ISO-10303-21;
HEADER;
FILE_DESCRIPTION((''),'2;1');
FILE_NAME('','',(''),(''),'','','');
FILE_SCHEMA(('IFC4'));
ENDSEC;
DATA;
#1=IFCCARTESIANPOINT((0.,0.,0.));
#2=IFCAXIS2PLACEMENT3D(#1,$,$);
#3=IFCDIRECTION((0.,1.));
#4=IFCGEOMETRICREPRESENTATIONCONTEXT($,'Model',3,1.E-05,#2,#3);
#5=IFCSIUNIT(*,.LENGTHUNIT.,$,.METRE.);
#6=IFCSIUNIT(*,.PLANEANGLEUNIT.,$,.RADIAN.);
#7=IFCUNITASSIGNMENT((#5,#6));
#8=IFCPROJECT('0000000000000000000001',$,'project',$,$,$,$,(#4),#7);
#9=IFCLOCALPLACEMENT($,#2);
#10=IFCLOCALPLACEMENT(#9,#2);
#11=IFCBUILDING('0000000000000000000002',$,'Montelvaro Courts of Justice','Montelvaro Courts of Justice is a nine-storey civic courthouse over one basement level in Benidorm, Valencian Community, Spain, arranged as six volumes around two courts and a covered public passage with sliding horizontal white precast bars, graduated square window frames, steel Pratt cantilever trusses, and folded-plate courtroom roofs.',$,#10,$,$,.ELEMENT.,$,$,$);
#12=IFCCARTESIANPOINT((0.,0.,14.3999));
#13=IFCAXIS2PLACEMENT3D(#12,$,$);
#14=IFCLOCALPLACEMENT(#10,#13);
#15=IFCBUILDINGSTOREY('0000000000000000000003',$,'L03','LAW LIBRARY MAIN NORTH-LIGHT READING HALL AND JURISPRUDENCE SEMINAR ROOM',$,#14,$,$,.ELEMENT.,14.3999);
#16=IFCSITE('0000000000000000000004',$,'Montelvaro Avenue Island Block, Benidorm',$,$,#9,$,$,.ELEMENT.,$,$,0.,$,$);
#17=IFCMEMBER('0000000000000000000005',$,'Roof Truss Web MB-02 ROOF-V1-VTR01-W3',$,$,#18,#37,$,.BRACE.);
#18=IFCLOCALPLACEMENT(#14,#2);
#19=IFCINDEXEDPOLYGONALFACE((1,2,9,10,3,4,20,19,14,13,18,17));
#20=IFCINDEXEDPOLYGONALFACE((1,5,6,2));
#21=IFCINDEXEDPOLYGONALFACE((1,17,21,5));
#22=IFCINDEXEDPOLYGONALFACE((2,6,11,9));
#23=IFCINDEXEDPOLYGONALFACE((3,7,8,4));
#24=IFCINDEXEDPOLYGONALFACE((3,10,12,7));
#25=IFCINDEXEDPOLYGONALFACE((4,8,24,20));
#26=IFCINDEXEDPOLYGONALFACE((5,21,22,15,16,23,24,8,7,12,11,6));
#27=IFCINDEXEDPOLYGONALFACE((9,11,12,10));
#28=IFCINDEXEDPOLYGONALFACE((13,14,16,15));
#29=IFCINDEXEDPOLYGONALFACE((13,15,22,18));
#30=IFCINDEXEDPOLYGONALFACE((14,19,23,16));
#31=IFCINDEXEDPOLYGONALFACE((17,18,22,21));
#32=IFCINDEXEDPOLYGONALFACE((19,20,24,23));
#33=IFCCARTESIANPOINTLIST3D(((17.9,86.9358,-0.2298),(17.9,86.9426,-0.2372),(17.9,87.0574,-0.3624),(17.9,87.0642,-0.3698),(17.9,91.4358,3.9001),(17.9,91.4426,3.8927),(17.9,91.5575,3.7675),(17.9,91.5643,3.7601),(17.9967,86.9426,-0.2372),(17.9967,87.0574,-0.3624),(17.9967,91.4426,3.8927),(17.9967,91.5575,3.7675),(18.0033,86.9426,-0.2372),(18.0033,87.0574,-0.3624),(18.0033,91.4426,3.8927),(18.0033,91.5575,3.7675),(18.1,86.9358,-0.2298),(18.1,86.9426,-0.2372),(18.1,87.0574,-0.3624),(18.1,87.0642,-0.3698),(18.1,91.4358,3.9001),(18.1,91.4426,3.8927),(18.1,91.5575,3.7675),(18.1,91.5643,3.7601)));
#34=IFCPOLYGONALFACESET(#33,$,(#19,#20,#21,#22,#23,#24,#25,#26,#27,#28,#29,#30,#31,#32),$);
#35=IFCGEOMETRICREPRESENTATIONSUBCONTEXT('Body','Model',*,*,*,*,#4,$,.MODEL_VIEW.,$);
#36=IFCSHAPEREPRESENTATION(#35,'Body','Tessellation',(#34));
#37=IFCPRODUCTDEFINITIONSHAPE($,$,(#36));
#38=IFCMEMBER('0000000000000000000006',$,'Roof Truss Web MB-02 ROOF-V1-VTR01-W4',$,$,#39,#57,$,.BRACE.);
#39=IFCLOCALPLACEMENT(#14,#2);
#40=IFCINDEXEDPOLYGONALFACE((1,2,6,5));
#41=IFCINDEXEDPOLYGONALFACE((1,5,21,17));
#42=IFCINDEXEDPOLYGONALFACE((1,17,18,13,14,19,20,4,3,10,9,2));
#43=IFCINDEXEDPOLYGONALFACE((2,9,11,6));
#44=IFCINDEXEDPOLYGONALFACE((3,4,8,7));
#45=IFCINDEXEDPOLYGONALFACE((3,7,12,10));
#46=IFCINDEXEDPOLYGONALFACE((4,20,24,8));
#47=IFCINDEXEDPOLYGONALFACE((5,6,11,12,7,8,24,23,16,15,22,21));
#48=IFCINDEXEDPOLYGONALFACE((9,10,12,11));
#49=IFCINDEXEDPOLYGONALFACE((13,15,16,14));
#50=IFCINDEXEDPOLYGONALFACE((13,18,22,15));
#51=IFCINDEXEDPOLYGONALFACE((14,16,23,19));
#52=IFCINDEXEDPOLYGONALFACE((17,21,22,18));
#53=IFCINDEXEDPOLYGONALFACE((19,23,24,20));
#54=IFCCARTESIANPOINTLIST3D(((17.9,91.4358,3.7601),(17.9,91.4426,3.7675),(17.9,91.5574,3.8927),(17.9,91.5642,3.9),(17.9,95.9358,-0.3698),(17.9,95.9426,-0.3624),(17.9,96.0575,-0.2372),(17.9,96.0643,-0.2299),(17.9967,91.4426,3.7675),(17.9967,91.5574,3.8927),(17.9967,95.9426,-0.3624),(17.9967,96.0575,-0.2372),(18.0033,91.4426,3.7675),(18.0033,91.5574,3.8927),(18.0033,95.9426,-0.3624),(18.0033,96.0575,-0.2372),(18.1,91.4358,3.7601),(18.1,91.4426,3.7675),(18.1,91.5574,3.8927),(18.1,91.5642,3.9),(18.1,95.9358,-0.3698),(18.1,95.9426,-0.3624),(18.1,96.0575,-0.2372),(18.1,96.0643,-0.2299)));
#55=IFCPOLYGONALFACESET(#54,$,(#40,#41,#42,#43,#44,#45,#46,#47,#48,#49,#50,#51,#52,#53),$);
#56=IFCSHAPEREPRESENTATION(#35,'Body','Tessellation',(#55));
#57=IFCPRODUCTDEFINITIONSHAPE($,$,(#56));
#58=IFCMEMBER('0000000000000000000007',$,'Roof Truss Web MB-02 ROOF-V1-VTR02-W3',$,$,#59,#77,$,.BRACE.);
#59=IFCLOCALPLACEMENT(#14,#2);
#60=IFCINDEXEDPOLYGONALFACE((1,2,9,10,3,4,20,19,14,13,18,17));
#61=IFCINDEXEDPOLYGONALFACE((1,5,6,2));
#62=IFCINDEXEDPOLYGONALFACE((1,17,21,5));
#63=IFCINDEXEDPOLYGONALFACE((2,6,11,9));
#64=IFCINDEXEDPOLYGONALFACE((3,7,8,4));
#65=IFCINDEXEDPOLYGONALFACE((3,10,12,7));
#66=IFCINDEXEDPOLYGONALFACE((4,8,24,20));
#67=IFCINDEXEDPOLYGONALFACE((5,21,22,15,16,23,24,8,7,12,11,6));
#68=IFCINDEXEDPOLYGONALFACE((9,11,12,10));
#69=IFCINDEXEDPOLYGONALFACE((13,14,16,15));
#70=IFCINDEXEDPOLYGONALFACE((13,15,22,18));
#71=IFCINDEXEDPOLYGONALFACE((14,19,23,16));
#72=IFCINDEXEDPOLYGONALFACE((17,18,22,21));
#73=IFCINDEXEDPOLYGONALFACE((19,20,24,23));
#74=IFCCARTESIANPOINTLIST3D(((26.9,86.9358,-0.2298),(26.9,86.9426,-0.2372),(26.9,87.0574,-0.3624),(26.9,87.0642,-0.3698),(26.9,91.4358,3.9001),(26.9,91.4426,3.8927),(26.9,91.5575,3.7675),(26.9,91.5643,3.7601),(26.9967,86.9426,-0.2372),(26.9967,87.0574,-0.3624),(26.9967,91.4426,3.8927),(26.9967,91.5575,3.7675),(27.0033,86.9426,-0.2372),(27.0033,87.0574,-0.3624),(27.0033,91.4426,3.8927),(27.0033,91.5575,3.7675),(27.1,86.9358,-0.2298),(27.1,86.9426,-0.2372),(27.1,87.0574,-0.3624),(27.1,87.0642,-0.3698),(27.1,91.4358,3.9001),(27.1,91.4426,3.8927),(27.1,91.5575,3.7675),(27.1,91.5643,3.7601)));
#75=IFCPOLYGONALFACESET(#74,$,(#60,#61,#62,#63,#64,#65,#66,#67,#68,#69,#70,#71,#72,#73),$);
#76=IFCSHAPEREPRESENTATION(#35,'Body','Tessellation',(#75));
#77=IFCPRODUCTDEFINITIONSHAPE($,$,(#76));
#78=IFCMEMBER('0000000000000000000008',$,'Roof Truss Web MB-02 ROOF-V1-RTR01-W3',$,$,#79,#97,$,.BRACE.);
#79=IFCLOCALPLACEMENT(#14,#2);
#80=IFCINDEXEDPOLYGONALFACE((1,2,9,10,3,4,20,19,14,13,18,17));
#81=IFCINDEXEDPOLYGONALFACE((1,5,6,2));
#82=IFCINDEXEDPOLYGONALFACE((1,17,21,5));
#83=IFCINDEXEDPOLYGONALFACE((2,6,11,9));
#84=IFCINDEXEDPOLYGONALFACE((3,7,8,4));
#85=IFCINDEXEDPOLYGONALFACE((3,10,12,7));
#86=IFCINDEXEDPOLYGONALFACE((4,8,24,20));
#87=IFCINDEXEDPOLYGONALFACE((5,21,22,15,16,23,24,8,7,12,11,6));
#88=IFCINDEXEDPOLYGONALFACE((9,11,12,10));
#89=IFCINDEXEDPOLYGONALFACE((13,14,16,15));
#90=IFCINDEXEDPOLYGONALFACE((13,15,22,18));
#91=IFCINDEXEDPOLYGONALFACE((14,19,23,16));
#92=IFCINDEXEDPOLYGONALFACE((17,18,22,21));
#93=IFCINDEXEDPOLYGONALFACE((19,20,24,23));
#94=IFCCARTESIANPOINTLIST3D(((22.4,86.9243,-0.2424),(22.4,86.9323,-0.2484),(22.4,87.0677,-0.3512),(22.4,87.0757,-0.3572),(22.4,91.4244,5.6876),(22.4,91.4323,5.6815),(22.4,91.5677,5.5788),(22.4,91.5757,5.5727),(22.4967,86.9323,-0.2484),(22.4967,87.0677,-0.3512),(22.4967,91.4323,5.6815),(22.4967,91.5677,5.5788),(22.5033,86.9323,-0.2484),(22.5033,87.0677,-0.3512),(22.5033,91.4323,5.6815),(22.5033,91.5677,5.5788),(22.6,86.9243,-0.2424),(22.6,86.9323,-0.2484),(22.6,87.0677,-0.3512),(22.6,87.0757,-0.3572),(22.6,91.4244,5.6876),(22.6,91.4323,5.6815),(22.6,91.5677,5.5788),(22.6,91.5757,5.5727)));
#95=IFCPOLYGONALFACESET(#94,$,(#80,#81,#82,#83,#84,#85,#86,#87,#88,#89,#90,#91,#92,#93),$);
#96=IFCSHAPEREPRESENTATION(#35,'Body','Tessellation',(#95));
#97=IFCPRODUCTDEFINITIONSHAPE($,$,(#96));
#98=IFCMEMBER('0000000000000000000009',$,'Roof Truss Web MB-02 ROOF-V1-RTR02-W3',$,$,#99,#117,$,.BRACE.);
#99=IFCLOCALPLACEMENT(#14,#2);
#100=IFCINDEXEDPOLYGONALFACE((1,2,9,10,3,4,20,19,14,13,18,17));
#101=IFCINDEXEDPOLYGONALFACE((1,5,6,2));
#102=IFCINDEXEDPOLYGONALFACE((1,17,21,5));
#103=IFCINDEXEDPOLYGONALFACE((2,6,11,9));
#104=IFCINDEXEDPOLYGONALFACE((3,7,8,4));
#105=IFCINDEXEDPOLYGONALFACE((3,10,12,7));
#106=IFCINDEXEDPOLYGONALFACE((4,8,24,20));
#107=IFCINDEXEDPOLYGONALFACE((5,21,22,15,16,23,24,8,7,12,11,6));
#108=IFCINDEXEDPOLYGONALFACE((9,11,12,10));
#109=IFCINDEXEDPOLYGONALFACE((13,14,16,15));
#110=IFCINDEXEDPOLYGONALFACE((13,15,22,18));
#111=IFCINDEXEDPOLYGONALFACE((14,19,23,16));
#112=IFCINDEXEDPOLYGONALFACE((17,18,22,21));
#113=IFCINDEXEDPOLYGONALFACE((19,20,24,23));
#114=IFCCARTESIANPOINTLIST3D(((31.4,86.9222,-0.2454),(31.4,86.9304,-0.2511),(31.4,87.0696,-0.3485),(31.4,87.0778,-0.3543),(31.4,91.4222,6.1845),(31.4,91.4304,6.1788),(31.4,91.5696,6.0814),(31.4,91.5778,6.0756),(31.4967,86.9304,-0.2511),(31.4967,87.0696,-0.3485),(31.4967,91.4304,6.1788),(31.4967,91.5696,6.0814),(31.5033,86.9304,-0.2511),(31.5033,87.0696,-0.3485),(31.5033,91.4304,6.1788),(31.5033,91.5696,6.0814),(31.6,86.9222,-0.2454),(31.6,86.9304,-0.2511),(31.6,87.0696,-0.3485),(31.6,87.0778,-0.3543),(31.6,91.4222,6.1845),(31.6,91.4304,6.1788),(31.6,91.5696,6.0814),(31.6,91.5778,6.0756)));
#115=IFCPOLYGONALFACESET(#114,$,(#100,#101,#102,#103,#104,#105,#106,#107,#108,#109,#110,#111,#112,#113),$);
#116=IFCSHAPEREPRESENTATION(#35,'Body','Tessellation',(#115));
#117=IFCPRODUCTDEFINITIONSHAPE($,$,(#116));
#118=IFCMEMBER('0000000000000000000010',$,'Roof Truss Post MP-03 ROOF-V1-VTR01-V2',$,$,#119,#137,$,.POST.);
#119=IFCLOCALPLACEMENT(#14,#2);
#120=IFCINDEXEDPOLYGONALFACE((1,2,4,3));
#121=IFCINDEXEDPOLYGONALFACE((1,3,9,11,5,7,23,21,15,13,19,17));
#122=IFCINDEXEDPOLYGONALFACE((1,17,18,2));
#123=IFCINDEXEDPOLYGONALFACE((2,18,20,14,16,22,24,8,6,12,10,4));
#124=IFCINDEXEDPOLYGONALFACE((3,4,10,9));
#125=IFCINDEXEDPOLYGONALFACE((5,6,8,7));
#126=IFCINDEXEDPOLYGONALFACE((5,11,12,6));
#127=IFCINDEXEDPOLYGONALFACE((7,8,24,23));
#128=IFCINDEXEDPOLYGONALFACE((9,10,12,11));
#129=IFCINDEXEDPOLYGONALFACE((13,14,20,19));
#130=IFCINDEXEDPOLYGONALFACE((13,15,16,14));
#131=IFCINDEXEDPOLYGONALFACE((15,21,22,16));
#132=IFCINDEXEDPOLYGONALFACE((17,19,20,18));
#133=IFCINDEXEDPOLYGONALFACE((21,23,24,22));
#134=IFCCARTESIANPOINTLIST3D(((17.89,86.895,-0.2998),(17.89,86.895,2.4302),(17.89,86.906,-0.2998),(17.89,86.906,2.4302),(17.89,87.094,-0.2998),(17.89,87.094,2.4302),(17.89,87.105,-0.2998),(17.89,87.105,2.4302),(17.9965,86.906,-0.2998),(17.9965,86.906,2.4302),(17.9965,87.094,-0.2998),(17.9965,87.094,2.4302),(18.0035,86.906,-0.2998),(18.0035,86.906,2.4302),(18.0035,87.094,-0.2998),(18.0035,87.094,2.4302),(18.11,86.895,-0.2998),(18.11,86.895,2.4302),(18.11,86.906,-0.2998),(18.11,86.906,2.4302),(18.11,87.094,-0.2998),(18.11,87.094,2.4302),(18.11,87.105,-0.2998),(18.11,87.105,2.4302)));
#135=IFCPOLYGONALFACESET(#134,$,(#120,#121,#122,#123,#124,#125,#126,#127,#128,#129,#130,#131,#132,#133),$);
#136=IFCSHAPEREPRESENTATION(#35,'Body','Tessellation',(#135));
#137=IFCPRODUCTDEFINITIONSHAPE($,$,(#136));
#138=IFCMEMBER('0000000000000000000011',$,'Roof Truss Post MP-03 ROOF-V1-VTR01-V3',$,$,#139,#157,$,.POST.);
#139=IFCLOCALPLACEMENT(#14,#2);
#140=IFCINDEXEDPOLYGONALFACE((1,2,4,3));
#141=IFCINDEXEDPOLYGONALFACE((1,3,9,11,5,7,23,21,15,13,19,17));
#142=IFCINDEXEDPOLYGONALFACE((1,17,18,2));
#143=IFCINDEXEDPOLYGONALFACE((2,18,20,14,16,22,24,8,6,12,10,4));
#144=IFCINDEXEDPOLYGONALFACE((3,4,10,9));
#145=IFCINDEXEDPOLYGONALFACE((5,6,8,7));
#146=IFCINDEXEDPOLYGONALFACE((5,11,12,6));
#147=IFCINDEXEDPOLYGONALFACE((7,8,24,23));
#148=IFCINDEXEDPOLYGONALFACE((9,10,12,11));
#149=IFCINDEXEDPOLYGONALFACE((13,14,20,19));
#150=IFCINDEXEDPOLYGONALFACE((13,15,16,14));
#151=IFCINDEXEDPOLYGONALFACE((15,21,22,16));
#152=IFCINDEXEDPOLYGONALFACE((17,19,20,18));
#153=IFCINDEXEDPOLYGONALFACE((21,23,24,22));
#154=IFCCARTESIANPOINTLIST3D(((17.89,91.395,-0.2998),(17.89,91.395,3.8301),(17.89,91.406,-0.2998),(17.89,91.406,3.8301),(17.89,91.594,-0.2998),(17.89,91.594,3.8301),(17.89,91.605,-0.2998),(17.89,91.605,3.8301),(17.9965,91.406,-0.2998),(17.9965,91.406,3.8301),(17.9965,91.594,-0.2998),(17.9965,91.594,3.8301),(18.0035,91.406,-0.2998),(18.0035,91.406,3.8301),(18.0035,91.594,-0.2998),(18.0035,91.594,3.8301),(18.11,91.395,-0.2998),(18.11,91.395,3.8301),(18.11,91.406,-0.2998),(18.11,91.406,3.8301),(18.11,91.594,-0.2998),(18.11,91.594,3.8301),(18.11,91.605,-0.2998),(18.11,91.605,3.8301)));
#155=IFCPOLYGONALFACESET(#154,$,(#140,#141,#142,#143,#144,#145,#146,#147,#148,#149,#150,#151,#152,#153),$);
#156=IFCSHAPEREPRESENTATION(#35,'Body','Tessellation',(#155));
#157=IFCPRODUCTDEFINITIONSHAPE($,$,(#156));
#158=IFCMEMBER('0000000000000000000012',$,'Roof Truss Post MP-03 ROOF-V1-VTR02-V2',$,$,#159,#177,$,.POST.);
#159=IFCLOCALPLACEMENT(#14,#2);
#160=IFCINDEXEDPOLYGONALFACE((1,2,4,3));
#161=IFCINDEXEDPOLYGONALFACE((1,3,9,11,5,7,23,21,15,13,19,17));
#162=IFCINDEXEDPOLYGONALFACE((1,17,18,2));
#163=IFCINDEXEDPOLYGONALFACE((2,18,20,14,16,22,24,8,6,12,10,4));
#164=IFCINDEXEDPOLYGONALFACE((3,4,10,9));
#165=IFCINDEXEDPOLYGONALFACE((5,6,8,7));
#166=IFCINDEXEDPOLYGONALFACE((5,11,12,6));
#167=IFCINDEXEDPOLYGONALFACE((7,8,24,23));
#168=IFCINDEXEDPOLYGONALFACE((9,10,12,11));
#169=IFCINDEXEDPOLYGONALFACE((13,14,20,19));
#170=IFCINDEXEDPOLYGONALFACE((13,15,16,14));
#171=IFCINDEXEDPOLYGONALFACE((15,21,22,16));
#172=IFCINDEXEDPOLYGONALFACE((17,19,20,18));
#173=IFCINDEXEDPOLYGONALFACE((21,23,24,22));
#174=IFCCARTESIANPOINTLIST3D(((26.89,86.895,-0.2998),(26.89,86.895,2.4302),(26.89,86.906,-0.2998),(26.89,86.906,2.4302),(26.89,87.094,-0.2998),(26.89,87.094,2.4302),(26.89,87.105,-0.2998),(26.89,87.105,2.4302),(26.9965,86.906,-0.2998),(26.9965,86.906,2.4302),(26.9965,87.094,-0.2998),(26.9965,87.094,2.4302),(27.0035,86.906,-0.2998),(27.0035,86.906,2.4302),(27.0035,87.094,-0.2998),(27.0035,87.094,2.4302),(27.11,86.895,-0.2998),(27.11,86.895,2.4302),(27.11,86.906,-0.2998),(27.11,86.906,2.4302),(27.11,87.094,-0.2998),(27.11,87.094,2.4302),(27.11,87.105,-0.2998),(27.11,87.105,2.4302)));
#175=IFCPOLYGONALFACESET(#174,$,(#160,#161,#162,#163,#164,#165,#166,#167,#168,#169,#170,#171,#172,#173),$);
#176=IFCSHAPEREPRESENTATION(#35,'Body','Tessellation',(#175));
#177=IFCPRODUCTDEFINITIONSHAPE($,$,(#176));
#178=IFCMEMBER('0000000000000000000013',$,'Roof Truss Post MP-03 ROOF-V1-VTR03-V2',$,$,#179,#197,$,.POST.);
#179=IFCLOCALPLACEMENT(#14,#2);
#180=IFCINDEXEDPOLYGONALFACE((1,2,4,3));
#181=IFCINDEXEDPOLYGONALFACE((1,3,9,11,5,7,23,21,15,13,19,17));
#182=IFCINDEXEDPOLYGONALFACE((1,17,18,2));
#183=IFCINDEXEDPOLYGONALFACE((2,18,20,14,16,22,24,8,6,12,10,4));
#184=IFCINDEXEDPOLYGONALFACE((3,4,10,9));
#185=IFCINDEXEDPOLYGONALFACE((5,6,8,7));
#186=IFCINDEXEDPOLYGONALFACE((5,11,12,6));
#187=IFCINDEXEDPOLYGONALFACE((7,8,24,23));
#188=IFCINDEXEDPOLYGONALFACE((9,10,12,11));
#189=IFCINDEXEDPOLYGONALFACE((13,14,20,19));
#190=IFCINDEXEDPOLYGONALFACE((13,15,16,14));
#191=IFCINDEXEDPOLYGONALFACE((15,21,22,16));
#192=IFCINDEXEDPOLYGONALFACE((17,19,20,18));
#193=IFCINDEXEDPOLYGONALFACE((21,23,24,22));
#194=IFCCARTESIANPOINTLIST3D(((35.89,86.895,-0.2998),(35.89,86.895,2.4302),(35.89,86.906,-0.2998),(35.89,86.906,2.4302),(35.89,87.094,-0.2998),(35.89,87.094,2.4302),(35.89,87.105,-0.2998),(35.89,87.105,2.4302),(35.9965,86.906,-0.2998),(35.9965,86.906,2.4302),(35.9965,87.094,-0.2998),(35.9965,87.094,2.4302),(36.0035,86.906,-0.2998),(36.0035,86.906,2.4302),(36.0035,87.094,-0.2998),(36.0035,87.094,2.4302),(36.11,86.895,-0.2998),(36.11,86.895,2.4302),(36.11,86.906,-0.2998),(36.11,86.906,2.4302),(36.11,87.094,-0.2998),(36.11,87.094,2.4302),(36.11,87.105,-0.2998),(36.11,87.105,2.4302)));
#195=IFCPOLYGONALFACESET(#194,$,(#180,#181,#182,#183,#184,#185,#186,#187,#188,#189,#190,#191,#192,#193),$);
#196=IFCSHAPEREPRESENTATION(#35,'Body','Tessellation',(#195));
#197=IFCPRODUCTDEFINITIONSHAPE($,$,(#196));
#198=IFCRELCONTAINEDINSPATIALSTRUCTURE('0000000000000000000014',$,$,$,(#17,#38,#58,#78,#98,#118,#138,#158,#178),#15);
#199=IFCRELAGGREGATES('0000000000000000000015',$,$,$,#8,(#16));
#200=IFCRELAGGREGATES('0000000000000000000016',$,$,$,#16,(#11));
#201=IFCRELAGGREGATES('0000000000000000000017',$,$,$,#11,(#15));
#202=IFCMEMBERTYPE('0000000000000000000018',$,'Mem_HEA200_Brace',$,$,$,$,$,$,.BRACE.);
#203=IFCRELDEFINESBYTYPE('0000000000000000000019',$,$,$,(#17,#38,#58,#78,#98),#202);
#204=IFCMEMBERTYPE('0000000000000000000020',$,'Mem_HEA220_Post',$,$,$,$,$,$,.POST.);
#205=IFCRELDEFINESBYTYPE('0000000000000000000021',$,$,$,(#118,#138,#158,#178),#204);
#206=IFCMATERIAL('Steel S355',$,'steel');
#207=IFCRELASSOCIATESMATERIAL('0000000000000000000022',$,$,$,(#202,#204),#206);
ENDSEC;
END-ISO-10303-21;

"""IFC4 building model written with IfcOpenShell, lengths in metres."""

from ifc_helpers import new_model, si_unit, direction, frame, origin, origin_2d, place, context, subcontext, project, spatial, i_section, extrude, material, material_profile, profile_set, type_object, element, save


model = new_model("IFC4")

# Units and contexts
model_context = context("Model", 3, precision=1e-05, world=origin(), true_north=direction((0.0, 1.0)))
body_context = subcontext(model_context, "Body", "Model", "MODEL_VIEW")
ifc_project = project(units=[si_unit("LENGTHUNIT", "METRE"), si_unit("PLANEANGLEUNIT", "RADIAN")], contexts=[model_context])

# Site, building, storey
site_placement = place(None, origin())
site = spatial("IfcSite", under=ifc_project, at=site_placement, Name="Montelvaro Avenue Island Block, Benidorm", CompositionType="ELEMENT", RefElevation=0.0)
building_placement = place(site_placement, origin())
building = spatial("IfcBuilding", under=site, at=building_placement, Name="Montelvaro Courts of Justice", Description="Montelvaro Courts of Justice is a nine-storey civic courthouse over one basement level in Benidorm, Valencian Community, Spain, arranged as six volumes around two courts and a covered public passage with sliding horizontal white precast bars, graduated square window frames, steel Pratt cantilever trusses, and folded-plate courtroom roofs.", CompositionType="ELEMENT")
storey_placement = place(building_placement, frame((0.0, 0.0, 14.3999)))
storey = spatial("IfcBuildingStorey", under=building, at=storey_placement, Name="L03", Description="LAW LIBRARY MAIN NORTH-LIGHT READING HALL AND JURISPRUDENCE SEMINAR ROOM", CompositionType="ELEMENT", Elevation=14.3999)

# Members
ifc_material = material(Name="Steel S355", Category="steel")
ifc_material_profile_1 = material_profile(ifc_material, i_section(OverallWidth=0.2, OverallDepth=0.1899, WebThickness=0.0066, FlangeThickness=0.01, at=origin_2d()), Name="HEA 200")
ifc_profile_set_1 = profile_set([ifc_material_profile_1], Name="Steel S355")
member_type_1 = type_object("IfcMemberType", Name="Mem_HEA200_Brace", PredefinedType="BRACE", material=ifc_profile_set_1)
for number, where, z_axis, x_axis, name in (
    (1, (18.0, 87.0, -0.2998), (0.0, 0.736756, 0.676159), (-1.0, 0.0, 0.0), "Roof Truss Web MB-02 ROOF-V1-VTR01-W3"),
    (2, (18.0, 91.5, 3.8301), (0.0, 0.736756, -0.676159), (-1.0, 0.0, 0.0), "Roof Truss Web MB-02 ROOF-V1-VTR01-W4"),
    (3, (27.0, 87.0, -0.2998), (0.0, 0.736756, 0.676159), (-1.0, 0.0, 0.0), "Roof Truss Web MB-02 ROOF-V1-VTR02-W3"),
):
    element("IfcMember", number, at=place(storey_placement, frame(where, z_axis=z_axis, x_axis=x_axis)), inside=storey, type_object=member_type_1, Name=name, PredefinedType="BRACE", context=body_context, shape_type="SweptSolid", body=[
        extrude(i_section(OverallWidth=0.2, OverallDepth=0.1899, WebThickness=0.0066, FlangeThickness=0.01, at=origin_2d()), origin(), (0.0, 0.0, 1.0), 6.1079),
    ])
member_1_placement = place(storey_placement, frame((22.5, 87.0, -0.2998), z_axis=(0.0, 0.604509, 0.796599), x_axis=(-1.0, 0.0, 0.0)))
element("IfcMember", 4, at=member_1_placement, inside=storey, type_object=member_type_1, Name="Roof Truss Web MB-02 ROOF-V1-RTR01-W3", PredefinedType="BRACE", context=body_context, shape_type="SweptSolid", body=[
    extrude(i_section(OverallWidth=0.2, OverallDepth=0.1899, WebThickness=0.0066, FlangeThickness=0.01, at=origin_2d()), origin(), (0.0, 0.0, 1.0), 7.4441),
])
member_2_placement = place(storey_placement, frame((31.5, 87.0, -0.2998), z_axis=(0.0, 0.573381, 0.819289), x_axis=(-1.0, 0.0, 0.0)))
element("IfcMember", 5, at=member_2_placement, inside=storey, type_object=member_type_1, Name="Roof Truss Web MB-02 ROOF-V1-RTR02-W3", PredefinedType="BRACE", context=body_context, shape_type="SweptSolid", body=[
    extrude(i_section(OverallWidth=0.2, OverallDepth=0.1899, WebThickness=0.0066, FlangeThickness=0.01, at=origin_2d()), origin(), (0.0, 0.0, 1.0), 7.8481),
])
ifc_material_profile_2 = material_profile(ifc_material, i_section(OverallWidth=0.22, OverallDepth=0.21, WebThickness=0.0071, FlangeThickness=0.011, at=origin_2d()), Name="HEA 220")
ifc_profile_set_2 = profile_set([ifc_material_profile_2], Name="Steel S355")
member_type_2 = type_object("IfcMemberType", Name="Mem_HEA220_Post", PredefinedType="POST", material=ifc_profile_set_2)
member_3_placement = place(storey_placement, frame((18.0, 87.0, -0.2998), z_axis=(0.0, 0.0, 1.0), x_axis=(1.0, 0.0, 0.0)))
element("IfcMember", 6, at=member_3_placement, inside=storey, type_object=member_type_2, Name="Roof Truss Post MP-03 ROOF-V1-VTR01-V2", PredefinedType="POST", context=body_context, shape_type="SweptSolid", body=[
    extrude(i_section(OverallWidth=0.22, OverallDepth=0.21, WebThickness=0.0071, FlangeThickness=0.011, at=origin_2d()), origin(), (0.0, 0.0, 1.0), 2.73),
])
member_4_placement = place(storey_placement, frame((18.0, 91.5, -0.2998), z_axis=(0.0, 0.0, 1.0), x_axis=(1.0, 0.0, 0.0)))
element("IfcMember", 7, at=member_4_placement, inside=storey, type_object=member_type_2, Name="Roof Truss Post MP-03 ROOF-V1-VTR01-V3", PredefinedType="POST", context=body_context, shape_type="SweptSolid", body=[
    extrude(i_section(OverallWidth=0.22, OverallDepth=0.21, WebThickness=0.0071, FlangeThickness=0.011, at=origin_2d()), origin(), (0.0, 0.0, 1.0), 4.1299),
])
for number, where, z_axis, x_axis, name in (
    (8, (27.0, 87.0, -0.2998), (0.0, 0.0, 1.0), (1.0, 0.0, 0.0), "Roof Truss Post MP-03 ROOF-V1-VTR02-V2"),
    (9, (36.0, 87.0, -0.2998), (0.0, 0.0, 1.0), (1.0, 0.0, 0.0), "Roof Truss Post MP-03 ROOF-V1-VTR03-V2"),
):
    element("IfcMember", number, at=place(storey_placement, frame(where, z_axis=z_axis, x_axis=x_axis)), inside=storey, type_object=member_type_2, Name=name, PredefinedType="POST", context=body_context, shape_type="SweptSolid", body=[
        extrude(i_section(OverallWidth=0.22, OverallDepth=0.21, WebThickness=0.0071, FlangeThickness=0.011, at=origin_2d()), origin(), (0.0, 0.0, 1.0), 2.73),
    ])

save(model, "model.ifc")
